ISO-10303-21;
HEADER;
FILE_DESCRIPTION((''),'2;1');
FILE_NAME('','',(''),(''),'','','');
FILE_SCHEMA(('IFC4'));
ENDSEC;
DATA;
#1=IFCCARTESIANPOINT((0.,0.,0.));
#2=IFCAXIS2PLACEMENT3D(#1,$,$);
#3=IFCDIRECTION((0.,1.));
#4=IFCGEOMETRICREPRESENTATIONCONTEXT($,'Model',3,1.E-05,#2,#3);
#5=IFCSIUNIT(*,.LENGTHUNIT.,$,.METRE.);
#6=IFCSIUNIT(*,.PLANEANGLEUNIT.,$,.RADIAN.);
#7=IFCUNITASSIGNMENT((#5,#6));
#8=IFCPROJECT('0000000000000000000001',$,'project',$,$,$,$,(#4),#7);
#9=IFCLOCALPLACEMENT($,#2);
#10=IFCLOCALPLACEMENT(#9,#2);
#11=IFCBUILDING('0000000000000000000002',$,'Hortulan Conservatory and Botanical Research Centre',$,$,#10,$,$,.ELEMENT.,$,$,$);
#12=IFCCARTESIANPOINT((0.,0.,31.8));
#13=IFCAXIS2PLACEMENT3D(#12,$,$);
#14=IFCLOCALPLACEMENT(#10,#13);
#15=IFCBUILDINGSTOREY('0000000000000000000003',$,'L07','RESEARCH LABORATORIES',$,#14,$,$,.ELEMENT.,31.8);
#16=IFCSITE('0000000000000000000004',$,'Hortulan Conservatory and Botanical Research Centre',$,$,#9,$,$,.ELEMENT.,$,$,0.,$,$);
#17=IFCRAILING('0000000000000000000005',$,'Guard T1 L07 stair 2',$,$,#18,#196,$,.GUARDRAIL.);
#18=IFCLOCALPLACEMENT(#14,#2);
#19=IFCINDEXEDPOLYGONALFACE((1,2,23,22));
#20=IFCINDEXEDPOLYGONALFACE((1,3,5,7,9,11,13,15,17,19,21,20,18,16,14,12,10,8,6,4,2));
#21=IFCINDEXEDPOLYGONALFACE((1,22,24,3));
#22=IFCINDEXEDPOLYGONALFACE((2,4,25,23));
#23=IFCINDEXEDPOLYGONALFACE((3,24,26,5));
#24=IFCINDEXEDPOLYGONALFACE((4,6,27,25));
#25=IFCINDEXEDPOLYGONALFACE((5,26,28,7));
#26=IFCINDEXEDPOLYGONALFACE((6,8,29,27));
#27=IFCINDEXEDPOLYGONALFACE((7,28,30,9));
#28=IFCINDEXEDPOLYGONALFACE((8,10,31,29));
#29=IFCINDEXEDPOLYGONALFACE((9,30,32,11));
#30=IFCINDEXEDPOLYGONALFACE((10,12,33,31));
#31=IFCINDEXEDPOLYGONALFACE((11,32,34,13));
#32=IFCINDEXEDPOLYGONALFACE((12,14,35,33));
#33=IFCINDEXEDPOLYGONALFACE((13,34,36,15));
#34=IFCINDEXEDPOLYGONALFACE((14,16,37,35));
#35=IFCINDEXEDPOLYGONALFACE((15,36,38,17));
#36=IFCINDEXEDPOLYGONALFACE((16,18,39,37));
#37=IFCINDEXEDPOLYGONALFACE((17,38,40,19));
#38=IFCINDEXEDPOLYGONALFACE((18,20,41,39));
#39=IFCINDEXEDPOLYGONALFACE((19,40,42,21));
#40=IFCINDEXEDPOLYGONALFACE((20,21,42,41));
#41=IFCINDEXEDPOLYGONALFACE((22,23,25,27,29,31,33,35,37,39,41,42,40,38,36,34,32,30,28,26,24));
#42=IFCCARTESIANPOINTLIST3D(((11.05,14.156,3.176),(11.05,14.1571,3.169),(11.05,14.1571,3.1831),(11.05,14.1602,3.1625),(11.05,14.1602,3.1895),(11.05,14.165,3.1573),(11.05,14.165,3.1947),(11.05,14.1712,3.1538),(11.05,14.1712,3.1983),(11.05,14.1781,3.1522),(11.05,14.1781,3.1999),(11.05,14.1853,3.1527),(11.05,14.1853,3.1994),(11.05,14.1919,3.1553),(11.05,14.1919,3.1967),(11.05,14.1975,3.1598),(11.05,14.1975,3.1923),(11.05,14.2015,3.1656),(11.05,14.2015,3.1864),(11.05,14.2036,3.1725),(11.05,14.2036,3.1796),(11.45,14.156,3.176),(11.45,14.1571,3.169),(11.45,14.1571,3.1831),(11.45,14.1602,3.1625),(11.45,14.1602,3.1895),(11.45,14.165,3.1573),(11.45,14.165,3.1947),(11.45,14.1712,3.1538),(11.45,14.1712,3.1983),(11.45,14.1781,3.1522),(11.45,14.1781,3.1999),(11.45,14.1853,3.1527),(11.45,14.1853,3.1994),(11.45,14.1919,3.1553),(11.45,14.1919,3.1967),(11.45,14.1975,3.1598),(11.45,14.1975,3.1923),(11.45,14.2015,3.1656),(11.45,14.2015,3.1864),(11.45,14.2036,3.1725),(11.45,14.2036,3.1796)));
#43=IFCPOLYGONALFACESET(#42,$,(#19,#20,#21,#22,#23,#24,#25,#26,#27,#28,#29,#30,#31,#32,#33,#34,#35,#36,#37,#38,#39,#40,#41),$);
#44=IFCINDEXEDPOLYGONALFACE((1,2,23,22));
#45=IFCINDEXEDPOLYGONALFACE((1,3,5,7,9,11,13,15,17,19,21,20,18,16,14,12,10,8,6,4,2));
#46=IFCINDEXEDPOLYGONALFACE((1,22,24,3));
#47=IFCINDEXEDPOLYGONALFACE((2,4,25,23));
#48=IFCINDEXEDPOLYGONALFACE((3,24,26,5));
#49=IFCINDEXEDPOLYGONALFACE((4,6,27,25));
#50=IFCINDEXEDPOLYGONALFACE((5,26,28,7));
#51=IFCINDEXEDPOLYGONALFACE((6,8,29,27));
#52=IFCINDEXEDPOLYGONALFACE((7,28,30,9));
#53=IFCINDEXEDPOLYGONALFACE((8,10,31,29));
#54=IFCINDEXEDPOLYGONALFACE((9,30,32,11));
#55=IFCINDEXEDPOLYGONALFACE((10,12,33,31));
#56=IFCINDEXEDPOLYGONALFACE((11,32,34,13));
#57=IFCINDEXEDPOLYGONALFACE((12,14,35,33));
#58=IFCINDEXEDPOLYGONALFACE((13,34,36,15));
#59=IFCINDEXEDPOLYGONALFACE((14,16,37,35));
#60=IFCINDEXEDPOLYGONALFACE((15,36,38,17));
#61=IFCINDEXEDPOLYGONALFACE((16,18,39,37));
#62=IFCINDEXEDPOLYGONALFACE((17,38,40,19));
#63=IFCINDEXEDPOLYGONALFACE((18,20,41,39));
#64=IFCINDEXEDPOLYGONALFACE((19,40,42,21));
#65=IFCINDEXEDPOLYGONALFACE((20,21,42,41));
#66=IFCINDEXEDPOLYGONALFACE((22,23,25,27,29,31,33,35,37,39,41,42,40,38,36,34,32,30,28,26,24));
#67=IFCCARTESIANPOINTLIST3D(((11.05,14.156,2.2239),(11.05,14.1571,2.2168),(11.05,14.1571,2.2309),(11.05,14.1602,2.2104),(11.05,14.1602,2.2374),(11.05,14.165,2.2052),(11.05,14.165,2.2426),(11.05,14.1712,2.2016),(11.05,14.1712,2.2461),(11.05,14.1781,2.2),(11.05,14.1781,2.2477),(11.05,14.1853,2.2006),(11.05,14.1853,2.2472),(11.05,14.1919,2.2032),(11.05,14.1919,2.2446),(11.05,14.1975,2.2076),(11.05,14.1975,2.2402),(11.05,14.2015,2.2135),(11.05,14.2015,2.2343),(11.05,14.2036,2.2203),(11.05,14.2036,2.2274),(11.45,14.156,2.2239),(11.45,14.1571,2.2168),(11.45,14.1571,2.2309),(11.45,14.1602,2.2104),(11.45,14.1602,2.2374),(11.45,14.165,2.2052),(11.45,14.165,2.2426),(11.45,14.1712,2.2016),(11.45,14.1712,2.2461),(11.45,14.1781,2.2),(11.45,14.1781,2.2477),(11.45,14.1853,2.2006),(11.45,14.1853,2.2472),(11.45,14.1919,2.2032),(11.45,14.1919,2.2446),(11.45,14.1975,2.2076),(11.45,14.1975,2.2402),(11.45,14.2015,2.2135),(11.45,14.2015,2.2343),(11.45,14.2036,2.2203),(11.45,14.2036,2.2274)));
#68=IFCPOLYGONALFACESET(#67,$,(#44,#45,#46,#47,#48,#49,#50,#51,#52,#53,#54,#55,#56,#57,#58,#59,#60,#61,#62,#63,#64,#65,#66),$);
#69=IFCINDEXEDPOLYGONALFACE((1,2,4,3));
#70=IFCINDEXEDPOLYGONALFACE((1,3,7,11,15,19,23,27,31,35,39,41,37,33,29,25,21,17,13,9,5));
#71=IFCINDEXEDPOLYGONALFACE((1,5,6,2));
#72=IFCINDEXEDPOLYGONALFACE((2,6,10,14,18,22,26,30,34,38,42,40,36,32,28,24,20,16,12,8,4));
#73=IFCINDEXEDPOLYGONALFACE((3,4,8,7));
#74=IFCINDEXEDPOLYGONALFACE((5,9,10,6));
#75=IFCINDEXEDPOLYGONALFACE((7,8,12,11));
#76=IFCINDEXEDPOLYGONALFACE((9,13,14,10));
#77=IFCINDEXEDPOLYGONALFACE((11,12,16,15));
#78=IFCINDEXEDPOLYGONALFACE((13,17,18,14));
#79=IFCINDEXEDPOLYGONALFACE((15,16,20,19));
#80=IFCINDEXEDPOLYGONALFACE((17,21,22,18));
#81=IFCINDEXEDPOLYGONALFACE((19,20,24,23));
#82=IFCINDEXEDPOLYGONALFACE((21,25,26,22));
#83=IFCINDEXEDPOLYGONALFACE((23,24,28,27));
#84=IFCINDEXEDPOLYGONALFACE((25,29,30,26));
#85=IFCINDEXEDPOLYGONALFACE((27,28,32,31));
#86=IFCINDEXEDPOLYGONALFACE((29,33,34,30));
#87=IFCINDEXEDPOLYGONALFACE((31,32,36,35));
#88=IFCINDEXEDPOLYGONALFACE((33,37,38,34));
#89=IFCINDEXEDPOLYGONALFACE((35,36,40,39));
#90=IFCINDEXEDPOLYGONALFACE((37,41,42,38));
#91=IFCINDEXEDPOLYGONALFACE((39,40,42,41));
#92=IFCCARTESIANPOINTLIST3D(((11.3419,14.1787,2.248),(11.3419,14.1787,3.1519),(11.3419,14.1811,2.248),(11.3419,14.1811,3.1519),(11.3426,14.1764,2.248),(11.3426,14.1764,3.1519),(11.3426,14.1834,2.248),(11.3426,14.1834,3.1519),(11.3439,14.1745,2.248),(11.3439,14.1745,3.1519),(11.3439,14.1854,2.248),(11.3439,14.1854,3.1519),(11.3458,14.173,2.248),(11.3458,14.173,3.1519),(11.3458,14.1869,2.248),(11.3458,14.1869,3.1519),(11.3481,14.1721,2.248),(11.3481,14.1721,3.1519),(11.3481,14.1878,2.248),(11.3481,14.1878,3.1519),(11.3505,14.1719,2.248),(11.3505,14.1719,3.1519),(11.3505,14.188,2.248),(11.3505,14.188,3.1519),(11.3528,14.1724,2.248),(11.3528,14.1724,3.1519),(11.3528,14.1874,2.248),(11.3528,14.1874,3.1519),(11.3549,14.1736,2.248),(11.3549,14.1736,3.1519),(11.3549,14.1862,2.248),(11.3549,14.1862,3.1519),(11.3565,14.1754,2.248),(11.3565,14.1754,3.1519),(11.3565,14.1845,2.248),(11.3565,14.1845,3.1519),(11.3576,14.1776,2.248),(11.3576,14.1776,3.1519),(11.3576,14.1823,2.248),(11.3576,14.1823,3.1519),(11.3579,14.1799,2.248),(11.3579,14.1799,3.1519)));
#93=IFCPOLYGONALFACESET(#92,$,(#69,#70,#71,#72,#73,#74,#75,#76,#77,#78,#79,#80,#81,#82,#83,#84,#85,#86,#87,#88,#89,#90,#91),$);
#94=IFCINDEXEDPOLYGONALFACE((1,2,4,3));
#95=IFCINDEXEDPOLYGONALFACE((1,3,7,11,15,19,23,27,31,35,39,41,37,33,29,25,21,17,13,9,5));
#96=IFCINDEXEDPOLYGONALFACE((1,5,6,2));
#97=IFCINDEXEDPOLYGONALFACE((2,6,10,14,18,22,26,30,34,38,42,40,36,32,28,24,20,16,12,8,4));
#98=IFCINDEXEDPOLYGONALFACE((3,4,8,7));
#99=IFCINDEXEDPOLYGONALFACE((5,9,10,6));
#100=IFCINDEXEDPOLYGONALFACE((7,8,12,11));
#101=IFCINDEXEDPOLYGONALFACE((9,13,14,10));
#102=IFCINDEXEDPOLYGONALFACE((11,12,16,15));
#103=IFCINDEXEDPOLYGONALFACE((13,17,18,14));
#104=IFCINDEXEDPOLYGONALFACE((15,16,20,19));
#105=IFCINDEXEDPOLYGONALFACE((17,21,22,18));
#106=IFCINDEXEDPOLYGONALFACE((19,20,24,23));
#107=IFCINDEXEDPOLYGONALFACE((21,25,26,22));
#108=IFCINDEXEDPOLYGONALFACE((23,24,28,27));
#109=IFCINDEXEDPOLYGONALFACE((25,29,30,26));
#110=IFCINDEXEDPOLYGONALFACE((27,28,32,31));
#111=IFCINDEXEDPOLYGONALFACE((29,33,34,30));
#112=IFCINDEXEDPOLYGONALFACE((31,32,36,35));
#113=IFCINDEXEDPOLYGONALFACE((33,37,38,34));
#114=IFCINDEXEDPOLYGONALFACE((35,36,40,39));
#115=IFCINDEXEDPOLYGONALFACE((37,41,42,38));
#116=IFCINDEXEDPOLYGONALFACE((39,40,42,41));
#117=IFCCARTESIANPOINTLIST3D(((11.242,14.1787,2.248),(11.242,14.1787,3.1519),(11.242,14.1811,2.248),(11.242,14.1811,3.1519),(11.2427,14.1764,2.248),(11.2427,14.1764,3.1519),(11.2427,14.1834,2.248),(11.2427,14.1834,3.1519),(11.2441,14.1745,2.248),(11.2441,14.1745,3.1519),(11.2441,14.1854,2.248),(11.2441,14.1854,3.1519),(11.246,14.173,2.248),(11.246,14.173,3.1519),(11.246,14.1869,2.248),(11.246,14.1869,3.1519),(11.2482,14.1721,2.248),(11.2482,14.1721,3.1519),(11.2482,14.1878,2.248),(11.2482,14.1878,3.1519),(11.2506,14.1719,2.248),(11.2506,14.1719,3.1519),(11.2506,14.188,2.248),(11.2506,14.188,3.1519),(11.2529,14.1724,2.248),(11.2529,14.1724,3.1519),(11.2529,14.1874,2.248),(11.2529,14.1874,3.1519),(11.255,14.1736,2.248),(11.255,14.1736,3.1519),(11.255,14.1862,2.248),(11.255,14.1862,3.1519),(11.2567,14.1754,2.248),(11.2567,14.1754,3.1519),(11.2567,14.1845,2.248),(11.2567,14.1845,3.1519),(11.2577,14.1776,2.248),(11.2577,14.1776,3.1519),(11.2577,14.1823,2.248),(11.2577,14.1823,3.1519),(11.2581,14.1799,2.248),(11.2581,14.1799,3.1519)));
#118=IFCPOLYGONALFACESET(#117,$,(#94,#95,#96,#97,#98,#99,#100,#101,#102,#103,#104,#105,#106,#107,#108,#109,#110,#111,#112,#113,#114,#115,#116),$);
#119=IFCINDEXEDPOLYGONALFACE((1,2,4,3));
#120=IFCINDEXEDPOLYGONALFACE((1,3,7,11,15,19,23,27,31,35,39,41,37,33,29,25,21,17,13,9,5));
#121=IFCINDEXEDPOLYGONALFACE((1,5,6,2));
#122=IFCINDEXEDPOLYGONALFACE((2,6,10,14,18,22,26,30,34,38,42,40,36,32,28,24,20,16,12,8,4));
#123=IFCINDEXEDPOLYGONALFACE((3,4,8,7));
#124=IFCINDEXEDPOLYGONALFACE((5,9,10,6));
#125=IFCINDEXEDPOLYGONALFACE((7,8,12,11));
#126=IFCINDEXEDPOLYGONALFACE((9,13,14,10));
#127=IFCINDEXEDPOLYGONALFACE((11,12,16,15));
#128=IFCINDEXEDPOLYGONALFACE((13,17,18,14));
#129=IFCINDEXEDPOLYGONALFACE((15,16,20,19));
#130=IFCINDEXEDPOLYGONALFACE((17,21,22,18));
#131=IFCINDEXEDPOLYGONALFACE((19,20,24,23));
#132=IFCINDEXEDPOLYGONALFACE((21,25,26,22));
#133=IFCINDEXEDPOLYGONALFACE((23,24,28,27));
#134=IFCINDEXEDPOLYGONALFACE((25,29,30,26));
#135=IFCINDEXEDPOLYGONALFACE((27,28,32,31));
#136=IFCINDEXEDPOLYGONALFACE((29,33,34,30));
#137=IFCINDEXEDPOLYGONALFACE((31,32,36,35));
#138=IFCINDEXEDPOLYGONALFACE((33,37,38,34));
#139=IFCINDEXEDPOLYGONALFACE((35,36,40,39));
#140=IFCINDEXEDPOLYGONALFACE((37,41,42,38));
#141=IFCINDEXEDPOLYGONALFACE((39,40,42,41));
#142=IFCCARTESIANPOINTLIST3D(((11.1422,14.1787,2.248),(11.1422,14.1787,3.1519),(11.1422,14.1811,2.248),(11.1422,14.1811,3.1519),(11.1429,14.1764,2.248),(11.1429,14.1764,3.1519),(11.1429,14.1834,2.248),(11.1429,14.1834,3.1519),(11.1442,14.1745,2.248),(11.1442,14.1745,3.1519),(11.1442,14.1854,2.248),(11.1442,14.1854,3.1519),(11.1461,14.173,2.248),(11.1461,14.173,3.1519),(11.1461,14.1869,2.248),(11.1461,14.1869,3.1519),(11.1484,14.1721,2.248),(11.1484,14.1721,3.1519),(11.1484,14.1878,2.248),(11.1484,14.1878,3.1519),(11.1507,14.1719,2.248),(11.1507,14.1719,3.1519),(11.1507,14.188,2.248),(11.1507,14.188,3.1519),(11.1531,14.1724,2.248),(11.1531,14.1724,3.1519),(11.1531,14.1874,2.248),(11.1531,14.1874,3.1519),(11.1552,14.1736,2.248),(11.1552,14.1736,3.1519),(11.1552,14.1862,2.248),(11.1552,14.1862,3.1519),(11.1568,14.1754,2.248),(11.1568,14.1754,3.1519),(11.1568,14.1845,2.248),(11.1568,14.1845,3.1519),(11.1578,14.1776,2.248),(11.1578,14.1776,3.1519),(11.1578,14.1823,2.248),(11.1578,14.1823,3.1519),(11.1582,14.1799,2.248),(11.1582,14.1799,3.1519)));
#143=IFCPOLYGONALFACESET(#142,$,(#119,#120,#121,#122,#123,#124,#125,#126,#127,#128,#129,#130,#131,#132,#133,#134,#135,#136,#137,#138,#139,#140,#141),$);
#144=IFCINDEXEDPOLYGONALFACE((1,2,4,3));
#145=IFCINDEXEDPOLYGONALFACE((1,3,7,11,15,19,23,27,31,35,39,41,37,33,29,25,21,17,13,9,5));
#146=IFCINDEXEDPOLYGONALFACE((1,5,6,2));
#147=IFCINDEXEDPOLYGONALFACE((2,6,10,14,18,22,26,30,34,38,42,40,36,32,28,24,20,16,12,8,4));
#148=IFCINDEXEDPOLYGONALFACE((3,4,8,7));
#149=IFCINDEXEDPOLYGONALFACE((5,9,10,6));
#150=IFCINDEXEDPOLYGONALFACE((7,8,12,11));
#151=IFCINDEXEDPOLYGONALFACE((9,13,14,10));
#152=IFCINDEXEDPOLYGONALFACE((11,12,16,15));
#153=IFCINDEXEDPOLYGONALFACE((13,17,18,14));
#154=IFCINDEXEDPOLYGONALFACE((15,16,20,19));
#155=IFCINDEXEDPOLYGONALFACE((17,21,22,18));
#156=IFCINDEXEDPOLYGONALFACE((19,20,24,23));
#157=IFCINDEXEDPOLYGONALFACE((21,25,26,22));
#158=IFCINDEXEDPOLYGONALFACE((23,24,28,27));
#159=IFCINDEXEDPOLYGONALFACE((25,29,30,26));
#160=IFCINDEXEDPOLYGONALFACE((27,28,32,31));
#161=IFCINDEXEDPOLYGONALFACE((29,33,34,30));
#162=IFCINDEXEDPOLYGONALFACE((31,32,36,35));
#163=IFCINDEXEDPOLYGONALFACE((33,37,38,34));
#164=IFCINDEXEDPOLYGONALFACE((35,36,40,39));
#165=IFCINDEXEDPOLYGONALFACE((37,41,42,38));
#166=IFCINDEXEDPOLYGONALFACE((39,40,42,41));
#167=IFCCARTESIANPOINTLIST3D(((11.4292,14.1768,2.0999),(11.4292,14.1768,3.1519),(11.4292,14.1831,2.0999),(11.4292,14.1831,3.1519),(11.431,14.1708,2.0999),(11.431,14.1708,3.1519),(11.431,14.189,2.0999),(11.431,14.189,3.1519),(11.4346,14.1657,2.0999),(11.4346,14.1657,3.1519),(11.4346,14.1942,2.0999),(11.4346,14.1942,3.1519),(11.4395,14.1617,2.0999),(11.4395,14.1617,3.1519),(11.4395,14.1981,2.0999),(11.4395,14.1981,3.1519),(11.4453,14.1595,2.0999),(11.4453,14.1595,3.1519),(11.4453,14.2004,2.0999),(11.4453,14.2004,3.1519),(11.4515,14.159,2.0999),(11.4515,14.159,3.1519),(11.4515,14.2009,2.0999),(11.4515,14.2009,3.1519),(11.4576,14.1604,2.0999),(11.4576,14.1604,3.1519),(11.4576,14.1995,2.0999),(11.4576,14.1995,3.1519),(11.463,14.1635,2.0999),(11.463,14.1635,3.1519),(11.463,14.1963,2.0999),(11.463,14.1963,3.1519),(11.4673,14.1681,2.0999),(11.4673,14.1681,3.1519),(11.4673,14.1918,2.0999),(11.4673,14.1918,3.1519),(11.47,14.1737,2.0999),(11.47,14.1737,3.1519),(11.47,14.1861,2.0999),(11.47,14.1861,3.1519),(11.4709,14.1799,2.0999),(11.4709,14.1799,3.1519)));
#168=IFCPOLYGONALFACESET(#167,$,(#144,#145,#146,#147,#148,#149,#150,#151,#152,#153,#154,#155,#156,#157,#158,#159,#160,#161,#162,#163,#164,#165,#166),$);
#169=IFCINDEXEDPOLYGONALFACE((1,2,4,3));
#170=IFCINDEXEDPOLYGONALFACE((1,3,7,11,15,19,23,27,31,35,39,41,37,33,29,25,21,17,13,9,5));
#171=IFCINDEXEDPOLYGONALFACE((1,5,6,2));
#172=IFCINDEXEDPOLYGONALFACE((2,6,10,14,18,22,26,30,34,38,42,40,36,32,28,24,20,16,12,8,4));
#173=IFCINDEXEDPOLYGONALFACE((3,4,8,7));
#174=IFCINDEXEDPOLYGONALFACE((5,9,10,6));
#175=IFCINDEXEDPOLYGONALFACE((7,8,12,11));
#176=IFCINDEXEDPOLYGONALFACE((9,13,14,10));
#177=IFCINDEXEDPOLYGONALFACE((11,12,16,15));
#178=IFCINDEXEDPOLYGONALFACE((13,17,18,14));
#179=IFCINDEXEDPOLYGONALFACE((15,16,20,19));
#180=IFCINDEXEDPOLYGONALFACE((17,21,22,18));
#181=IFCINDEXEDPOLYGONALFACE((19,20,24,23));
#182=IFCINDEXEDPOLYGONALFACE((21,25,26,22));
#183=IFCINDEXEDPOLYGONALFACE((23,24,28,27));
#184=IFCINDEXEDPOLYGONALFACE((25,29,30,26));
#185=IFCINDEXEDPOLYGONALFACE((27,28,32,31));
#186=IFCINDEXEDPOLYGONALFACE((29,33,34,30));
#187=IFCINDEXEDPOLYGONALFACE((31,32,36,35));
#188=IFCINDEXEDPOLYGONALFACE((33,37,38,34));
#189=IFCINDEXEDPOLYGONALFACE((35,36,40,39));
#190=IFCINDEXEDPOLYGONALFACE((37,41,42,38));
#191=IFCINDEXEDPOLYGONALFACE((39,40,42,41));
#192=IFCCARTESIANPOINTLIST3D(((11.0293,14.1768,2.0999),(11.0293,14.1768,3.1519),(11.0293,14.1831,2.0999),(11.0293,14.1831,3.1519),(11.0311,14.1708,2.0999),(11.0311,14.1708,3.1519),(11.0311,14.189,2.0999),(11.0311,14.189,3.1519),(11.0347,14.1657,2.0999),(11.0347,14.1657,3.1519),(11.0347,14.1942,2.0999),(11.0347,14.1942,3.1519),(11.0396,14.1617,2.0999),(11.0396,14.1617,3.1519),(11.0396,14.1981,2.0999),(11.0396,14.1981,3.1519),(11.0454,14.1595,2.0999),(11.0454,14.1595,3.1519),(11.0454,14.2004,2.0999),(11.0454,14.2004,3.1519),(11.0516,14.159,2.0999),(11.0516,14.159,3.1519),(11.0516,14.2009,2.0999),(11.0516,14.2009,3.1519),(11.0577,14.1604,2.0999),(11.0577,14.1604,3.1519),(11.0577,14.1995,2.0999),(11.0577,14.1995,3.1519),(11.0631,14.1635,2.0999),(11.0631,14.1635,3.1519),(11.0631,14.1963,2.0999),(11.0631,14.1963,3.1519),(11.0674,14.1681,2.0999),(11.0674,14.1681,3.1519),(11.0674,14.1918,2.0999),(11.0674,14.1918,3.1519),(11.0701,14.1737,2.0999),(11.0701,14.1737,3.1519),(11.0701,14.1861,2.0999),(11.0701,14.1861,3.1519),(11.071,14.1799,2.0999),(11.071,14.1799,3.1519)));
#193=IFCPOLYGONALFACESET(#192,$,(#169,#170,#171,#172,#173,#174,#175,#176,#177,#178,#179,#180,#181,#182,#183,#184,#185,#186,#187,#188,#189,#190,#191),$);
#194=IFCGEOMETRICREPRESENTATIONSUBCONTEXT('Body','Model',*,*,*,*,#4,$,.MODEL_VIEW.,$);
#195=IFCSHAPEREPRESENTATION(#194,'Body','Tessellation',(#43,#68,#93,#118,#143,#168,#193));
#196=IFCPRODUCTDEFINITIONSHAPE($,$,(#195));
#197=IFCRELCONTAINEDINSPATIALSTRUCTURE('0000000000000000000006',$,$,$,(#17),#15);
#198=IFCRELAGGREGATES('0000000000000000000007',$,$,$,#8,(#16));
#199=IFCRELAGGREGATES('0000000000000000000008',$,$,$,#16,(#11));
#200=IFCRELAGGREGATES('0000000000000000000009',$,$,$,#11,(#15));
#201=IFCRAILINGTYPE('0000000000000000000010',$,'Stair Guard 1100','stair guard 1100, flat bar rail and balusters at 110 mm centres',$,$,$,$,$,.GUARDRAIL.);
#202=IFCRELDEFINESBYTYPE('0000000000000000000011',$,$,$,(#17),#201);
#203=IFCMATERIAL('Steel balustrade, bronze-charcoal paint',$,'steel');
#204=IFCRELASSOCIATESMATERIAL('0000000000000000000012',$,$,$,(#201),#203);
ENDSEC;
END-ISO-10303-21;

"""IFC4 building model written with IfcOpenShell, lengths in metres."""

from ifc_helpers import new_model, si_unit, direction, frame, origin, origin_2d, place, context, subcontext, project, spatial, circle, extrude, material, type_object, element, save


model = new_model("IFC4")

# Units and contexts
model_context = context("Model", 3, precision=1e-05, world=origin(), true_north=direction((0.0, 1.0)))
body_context = subcontext(model_context, "Body", "Model", "MODEL_VIEW")
ifc_project = project(units=[si_unit("LENGTHUNIT", "METRE"), si_unit("PLANEANGLEUNIT", "RADIAN")], contexts=[model_context])

# Site, building, storey
site_placement = place(None, origin())
site = spatial("IfcSite", under=ifc_project, at=site_placement, Name="Hortulan Conservatory and Botanical Research Centre", CompositionType="ELEMENT", RefElevation=0.0)
building_placement = place(site_placement, origin())
building = spatial("IfcBuilding", under=site, at=building_placement, Name="Hortulan Conservatory and Botanical Research Centre", CompositionType="ELEMENT")
storey_placement = place(building_placement, frame((0.0, 0.0, 31.8)))
storey = spatial("IfcBuildingStorey", under=building, at=storey_placement, Name="L07", Description="RESEARCH LABORATORIES", CompositionType="ELEMENT", Elevation=31.8)

# Railing
ifc_material_1 = material(Name="Steel balustrade, bronze-charcoal paint", Category="steel")
railing_type_1 = type_object("IfcRailingType", Name="Stair Guard 1100", Description="stair guard 1100, flat bar rail and balusters at 110 mm centres", PredefinedType="GUARDRAIL", material=ifc_material_1)
railing_1_placement = place(storey_placement, frame((11.45, 14.1799, 2.0999)))
element("IfcRailing", 1, at=railing_1_placement, inside=storey, type_object=railing_type_1, Name="Guard T1 L07 stair 2", PredefinedType="GUARDRAIL", context=body_context, shape_type="SweptSolid", body=[
    extrude(circle(Radius=0.0239, at=origin_2d()), frame((0.0, 0.0, 1.0762), z_axis=(-1.0, 0.0, 0.0), x_axis=(0.0, -1.0, 0.0)), (0.0, 0.0, 1.0), 0.3999),
    extrude(circle(Radius=0.0239, at=origin_2d()), frame((0.0, 0.0, 0.124), z_axis=(-1.0, 0.0, 0.0), x_axis=(0.0, -1.0, 0.0)), (0.0, 0.0, 1.0), 0.3999),
    extrude(circle(Radius=0.0081, at=origin_2d()), frame((-0.1001, 0.0, 0.1482)), (0.0, 0.0, 1.0), 0.9038),
    extrude(circle(Radius=0.0081, at=origin_2d()), frame((-0.2, 0.0, 0.1482)), (0.0, 0.0, 1.0), 0.9038),
    extrude(circle(Radius=0.0081, at=origin_2d()), frame((-0.2998, 0.0, 0.1482)), (0.0, 0.0, 1.0), 0.9038),
    extrude(circle(Radius=0.021, at=origin_2d()), origin(), (0.0, 0.0, 1.0), 1.052),
    extrude(circle(Radius=0.021, at=origin_2d()), frame((-0.3999, 0.0, 0.0)), (0.0, 0.0, 1.0), 1.052),
])

save(model, "model.ifc")
